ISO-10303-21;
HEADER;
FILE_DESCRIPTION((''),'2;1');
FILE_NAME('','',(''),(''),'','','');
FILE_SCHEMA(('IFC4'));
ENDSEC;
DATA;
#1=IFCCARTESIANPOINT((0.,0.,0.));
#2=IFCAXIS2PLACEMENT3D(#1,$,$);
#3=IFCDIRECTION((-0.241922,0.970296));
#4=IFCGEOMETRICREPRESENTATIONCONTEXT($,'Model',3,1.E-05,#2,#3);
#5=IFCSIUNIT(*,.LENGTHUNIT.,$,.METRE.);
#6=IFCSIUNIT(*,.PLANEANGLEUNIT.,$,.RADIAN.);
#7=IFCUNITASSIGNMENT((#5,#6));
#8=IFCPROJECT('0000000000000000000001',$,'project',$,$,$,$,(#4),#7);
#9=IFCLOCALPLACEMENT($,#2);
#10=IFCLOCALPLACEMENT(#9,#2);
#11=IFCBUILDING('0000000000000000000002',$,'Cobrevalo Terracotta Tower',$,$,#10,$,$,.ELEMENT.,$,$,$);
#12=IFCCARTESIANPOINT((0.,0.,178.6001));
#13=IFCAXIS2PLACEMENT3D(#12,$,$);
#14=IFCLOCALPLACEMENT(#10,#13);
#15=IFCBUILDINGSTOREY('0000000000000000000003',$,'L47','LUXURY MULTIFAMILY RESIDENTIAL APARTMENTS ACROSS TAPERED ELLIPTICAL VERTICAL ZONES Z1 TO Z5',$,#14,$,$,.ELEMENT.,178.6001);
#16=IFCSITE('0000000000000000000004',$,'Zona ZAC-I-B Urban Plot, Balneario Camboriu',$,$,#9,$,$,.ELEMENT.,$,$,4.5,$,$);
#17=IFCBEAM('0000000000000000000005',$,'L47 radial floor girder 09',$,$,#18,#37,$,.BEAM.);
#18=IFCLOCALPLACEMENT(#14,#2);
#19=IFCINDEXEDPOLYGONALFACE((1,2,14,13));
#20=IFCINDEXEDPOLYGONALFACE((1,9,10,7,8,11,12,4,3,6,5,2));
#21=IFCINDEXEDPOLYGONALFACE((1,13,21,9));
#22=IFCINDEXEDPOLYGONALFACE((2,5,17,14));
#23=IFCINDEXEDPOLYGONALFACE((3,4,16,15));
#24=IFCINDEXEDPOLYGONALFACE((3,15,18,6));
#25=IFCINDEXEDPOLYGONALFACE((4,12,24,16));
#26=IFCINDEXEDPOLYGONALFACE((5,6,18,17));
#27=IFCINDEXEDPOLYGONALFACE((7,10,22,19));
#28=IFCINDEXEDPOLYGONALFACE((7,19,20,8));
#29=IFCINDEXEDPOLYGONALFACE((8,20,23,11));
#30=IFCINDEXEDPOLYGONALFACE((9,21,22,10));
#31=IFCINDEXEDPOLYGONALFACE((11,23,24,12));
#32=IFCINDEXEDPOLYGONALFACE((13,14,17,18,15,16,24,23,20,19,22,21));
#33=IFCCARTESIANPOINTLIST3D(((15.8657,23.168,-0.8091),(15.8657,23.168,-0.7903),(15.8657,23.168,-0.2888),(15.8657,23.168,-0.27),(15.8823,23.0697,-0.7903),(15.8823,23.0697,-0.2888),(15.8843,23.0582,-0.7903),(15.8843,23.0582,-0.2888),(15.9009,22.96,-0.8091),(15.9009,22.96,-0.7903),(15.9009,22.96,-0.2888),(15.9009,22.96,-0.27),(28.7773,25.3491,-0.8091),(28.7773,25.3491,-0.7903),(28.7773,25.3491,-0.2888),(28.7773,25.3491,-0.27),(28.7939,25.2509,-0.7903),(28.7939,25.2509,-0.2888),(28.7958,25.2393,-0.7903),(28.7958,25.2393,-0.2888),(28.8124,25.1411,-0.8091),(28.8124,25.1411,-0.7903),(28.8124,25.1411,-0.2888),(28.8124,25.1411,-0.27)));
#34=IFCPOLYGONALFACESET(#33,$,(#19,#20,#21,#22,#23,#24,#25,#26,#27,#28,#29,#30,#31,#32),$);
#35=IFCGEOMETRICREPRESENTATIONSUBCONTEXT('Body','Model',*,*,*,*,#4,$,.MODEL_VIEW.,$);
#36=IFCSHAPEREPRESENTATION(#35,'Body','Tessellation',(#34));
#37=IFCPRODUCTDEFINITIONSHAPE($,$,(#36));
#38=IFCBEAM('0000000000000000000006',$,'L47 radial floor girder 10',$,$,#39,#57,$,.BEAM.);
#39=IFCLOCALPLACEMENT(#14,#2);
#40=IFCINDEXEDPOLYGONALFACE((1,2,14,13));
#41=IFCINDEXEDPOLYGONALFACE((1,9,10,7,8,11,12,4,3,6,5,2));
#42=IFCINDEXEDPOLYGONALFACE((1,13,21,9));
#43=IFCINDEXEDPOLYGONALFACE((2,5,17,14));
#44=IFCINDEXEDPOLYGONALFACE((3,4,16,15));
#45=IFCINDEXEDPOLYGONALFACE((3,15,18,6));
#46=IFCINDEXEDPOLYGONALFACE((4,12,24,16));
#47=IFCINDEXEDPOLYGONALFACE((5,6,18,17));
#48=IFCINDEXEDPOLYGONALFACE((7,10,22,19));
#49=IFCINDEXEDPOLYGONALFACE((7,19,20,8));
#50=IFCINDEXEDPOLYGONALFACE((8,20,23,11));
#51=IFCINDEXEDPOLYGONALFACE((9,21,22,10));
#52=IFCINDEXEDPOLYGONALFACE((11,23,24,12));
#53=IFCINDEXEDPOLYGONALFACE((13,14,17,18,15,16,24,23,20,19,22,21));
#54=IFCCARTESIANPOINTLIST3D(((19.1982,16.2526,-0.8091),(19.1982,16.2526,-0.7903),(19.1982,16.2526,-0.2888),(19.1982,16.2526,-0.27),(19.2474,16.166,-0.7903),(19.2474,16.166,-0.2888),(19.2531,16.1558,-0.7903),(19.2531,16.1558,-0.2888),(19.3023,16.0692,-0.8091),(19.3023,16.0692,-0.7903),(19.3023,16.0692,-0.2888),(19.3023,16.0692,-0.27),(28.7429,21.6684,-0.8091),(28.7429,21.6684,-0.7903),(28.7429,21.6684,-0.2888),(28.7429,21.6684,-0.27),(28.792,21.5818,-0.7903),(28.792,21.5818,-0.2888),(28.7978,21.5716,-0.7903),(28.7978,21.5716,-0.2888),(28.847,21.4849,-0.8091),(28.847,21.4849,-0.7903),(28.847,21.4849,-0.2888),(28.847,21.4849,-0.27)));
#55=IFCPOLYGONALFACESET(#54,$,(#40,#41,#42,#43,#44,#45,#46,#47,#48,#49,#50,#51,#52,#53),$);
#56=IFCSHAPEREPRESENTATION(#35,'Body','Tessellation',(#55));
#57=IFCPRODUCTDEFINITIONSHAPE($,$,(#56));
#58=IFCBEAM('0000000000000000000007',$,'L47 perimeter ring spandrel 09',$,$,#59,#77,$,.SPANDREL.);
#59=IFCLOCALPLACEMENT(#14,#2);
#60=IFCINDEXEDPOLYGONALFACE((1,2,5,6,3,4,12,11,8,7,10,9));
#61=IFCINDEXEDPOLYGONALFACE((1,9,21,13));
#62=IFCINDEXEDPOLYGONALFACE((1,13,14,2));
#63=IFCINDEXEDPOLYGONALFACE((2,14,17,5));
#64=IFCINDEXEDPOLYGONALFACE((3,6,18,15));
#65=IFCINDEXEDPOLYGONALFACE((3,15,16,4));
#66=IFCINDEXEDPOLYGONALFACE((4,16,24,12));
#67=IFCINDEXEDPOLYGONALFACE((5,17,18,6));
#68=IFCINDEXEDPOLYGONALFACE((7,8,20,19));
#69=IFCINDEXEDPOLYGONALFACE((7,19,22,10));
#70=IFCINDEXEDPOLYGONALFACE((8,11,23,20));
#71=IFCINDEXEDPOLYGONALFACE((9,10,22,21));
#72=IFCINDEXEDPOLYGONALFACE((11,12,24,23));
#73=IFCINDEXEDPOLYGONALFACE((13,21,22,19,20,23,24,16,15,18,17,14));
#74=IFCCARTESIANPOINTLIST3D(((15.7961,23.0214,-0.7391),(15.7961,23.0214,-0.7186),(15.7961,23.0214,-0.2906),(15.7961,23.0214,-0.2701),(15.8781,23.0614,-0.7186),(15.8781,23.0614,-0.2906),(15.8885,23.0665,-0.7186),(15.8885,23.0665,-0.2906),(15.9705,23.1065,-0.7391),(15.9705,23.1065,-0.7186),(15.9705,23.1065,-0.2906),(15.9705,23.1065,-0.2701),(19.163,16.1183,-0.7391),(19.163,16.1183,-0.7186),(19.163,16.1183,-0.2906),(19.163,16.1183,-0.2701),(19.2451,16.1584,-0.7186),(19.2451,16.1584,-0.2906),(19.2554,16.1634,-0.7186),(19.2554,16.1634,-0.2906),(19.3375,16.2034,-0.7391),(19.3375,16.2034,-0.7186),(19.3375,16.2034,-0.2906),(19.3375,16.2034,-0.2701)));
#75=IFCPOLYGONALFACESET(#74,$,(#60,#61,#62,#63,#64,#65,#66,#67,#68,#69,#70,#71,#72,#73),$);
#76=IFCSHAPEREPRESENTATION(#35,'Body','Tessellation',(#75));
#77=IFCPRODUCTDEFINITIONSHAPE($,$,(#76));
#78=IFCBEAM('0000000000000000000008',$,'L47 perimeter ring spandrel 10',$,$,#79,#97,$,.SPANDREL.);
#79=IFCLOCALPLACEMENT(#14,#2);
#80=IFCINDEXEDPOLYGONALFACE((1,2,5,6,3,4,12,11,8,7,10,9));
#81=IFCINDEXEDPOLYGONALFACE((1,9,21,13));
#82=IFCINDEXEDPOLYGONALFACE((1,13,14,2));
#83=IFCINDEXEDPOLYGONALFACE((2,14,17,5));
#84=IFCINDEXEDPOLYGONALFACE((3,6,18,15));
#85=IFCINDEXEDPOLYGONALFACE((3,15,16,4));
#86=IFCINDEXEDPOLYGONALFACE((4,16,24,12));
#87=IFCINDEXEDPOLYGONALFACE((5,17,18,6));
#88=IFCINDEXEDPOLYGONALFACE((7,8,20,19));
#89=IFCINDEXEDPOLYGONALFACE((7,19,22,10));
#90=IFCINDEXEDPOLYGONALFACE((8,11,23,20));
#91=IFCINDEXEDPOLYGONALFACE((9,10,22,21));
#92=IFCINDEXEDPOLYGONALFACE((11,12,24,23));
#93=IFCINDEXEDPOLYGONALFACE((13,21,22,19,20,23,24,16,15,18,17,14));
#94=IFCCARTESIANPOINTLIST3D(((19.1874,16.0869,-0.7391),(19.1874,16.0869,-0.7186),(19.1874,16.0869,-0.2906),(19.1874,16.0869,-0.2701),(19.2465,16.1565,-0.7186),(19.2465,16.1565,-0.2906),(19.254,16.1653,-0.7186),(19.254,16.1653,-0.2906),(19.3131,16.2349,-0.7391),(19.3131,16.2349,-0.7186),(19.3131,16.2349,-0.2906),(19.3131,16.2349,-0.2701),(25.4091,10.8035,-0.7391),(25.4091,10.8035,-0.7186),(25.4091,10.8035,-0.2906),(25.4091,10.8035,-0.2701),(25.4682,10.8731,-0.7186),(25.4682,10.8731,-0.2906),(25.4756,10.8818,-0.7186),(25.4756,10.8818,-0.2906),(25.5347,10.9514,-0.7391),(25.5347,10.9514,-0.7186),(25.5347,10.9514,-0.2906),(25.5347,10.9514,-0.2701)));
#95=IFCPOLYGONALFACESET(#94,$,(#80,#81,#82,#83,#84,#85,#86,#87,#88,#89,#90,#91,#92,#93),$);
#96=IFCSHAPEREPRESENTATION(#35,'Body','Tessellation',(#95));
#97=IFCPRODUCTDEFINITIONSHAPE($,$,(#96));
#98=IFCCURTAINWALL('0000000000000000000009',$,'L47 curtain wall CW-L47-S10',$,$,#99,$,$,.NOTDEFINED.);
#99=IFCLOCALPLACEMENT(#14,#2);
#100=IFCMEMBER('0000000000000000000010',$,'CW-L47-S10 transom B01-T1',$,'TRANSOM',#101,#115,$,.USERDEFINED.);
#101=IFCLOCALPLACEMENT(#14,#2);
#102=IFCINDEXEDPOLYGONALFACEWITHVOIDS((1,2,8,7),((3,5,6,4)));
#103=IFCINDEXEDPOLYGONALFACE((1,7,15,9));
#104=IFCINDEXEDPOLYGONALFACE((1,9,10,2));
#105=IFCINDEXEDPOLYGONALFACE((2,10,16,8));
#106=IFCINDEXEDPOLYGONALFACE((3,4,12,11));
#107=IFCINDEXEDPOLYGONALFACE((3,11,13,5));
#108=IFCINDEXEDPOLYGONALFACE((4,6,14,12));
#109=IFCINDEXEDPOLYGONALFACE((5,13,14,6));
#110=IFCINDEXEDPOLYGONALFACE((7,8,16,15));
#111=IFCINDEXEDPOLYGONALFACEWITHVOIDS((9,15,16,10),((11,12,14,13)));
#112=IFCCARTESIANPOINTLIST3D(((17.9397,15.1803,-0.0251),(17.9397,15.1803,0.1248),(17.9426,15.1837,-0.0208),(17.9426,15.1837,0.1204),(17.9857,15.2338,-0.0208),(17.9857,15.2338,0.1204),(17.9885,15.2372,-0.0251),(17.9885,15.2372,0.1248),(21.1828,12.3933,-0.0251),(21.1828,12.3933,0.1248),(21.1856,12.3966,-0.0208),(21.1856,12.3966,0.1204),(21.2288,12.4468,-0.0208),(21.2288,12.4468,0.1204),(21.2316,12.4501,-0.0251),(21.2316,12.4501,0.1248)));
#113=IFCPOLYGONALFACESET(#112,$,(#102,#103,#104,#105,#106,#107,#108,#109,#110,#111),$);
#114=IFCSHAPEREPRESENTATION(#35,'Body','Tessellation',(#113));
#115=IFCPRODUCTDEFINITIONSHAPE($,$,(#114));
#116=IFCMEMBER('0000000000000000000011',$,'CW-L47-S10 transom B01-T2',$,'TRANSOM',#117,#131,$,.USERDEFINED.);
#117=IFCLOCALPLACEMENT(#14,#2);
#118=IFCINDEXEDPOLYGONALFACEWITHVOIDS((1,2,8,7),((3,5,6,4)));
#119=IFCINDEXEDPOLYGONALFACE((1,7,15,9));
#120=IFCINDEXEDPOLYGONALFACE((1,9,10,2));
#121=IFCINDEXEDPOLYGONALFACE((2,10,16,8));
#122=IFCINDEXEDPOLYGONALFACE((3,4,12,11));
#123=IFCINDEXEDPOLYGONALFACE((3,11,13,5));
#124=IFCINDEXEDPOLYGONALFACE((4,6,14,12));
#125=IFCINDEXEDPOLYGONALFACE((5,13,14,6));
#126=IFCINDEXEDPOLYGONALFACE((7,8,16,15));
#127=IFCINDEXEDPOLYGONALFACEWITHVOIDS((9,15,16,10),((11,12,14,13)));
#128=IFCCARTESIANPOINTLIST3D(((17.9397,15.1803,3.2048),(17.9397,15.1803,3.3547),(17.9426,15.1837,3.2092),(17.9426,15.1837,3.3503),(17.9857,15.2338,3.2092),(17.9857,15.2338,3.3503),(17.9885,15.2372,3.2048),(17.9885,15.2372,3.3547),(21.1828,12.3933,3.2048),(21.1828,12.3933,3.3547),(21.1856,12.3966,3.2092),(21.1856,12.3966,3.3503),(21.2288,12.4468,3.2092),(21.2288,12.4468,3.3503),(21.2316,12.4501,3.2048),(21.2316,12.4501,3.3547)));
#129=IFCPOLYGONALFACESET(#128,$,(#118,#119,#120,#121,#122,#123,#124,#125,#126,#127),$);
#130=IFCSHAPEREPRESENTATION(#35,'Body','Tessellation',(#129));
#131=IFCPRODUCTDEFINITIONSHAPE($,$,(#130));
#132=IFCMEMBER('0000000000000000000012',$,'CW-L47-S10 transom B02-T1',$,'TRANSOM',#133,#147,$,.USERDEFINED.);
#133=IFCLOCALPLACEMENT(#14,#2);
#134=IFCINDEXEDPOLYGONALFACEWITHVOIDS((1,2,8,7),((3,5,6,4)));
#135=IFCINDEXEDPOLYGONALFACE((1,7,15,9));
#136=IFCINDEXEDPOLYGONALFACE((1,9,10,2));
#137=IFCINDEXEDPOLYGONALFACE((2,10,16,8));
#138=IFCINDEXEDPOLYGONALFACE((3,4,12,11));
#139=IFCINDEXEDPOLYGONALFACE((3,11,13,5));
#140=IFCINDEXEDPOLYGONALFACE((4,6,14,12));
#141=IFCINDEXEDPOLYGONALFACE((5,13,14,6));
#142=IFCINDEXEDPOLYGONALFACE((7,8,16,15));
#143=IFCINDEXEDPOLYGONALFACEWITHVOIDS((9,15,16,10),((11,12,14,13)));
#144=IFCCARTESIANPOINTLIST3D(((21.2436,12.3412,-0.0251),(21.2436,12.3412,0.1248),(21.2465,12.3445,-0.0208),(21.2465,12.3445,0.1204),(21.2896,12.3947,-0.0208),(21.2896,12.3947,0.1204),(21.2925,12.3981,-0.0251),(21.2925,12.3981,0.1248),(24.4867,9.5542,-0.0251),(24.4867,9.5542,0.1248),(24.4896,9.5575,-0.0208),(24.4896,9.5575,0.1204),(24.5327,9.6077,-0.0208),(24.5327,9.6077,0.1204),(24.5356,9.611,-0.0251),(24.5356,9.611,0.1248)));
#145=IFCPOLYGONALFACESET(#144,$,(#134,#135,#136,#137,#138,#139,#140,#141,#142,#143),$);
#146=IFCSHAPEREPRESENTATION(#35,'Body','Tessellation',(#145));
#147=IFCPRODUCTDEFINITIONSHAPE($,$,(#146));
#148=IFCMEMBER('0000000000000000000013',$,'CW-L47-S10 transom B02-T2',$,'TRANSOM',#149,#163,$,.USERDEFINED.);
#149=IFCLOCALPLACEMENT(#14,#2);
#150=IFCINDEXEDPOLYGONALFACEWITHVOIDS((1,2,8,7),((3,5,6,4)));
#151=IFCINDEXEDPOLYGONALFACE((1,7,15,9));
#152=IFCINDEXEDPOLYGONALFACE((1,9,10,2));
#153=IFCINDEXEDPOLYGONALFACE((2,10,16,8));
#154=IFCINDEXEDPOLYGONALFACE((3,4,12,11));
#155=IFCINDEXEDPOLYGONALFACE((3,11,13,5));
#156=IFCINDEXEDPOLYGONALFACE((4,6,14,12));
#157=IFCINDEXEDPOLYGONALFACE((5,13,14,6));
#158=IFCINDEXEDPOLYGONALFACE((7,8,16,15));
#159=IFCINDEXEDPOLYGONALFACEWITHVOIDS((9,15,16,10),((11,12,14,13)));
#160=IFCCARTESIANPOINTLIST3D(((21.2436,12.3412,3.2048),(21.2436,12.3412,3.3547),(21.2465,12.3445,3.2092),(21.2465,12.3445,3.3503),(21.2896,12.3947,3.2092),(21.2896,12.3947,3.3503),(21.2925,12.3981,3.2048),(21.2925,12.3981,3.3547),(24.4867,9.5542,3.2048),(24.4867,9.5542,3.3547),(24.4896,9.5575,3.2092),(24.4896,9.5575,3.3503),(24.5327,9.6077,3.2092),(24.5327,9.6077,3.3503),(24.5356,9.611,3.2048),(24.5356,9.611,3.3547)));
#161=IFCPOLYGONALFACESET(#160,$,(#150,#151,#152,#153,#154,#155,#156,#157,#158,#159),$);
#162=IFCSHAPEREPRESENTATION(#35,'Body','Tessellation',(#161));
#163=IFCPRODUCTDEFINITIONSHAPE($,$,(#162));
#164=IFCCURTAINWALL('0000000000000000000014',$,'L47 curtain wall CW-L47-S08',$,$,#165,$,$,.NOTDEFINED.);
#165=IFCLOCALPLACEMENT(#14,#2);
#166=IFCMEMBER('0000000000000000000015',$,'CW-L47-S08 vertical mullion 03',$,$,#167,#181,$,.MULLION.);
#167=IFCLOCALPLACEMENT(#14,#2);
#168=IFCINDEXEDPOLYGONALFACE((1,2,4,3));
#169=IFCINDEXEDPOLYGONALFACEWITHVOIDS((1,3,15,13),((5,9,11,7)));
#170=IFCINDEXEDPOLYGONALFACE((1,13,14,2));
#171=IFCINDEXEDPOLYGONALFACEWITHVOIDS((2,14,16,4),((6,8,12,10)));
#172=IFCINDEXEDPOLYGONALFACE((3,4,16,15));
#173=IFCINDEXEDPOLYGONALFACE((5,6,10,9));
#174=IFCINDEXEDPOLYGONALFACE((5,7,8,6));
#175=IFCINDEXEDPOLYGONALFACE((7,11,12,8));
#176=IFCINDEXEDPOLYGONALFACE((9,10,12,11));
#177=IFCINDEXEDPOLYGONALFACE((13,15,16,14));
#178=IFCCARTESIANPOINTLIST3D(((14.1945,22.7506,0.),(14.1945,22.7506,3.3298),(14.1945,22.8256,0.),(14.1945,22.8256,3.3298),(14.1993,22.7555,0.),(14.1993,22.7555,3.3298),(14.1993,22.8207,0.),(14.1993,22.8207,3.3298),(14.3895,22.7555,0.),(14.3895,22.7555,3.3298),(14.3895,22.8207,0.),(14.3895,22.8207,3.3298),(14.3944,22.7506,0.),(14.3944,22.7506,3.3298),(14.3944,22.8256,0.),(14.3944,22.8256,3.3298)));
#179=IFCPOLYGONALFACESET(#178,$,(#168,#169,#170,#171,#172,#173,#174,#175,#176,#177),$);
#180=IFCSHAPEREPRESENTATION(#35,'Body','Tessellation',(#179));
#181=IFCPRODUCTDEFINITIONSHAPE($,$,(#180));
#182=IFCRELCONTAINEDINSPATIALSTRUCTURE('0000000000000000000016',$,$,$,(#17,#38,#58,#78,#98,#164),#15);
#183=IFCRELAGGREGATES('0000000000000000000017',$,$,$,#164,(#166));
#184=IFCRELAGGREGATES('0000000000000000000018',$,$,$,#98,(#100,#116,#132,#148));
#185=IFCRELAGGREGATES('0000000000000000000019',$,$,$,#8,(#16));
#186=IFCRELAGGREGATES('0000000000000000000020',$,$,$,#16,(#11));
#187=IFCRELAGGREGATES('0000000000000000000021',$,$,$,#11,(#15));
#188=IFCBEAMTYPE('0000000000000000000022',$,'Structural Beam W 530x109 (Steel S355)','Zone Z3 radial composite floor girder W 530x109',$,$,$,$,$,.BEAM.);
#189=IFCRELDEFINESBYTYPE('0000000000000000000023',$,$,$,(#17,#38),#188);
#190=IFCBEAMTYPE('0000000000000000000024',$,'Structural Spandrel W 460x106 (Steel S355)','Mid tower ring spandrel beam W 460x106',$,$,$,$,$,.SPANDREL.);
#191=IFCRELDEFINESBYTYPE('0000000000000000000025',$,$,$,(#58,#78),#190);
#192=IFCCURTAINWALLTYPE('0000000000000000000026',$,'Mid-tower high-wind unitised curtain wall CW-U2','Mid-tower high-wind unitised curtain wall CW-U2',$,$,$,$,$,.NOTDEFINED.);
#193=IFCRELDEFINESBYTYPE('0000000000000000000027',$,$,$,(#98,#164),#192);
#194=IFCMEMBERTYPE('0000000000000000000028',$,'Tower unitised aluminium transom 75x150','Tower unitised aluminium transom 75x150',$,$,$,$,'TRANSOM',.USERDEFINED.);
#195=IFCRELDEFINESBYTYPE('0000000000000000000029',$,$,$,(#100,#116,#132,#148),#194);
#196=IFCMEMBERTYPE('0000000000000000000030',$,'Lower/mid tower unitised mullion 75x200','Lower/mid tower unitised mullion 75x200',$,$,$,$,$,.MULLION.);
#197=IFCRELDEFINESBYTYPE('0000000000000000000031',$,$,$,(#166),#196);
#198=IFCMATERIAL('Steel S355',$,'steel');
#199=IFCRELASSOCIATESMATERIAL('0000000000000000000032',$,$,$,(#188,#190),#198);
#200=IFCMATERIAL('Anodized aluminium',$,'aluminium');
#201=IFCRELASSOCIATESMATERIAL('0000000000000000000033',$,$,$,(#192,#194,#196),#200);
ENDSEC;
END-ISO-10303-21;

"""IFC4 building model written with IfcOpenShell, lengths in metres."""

from ifc_helpers import new_model, si_unit, direction, frame, origin, origin_2d, place, context, subcontext, project, spatial, hollow_rectangle, i_section, extrude, source, transform, mapped, material, material_profile, profile_set, type_object, element, aggregate, save


model = new_model("IFC4")

# Units and contexts
model_context = context("Model", 3, precision=1e-05, world=origin(), true_north=direction((-0.241922, 0.970296)))
body_context = subcontext(model_context, "Body", "Model", "MODEL_VIEW")
ifc_project = project(units=[si_unit("LENGTHUNIT", "METRE"), si_unit("PLANEANGLEUNIT", "RADIAN")], contexts=[model_context])

# Site, building, storey
site_placement = place(None, origin())
site = spatial("IfcSite", under=ifc_project, at=site_placement, Name="Zona ZAC-I-B Urban Plot, Balneario Camboriu", CompositionType="ELEMENT", RefElevation=4.5)
building_placement = place(site_placement, origin())
building = spatial("IfcBuilding", under=site, at=building_placement, Name="Cobrevalo Terracotta Tower", CompositionType="ELEMENT")
storey_placement = place(building_placement, frame((0.0, 0.0, 178.6001)))
storey = spatial("IfcBuildingStorey", under=building, at=storey_placement, Name="L47", Description="LUXURY MULTIFAMILY RESIDENTIAL APARTMENTS ACROSS TAPERED ELLIPTICAL VERTICAL ZONES Z1 TO Z5", CompositionType="ELEMENT", Elevation=178.6001)

# Shared definitions
ifc_material_1 = material(Name="Steel S355", Category="steel")

# Beams
ifc_material_profile_1 = material_profile(ifc_material_1, i_section(OverallWidth=0.2109, OverallDepth=0.5391, WebThickness=0.0117, FlangeThickness=0.0188, at=origin_2d()), Name="W 530x109")
ifc_profile_set_1 = profile_set([ifc_material_profile_1], Name="Steel S355")
beam_type_1 = type_object("IfcBeamType", Name="Structural Beam W 530x109 (Steel S355)", Description="Zone Z3 radial composite floor girder W 530x109", PredefinedType="BEAM", material=ifc_profile_set_1)
beam_1_placement = place(storey_placement, frame((15.8833, 23.064, -0.5396), z_axis=(0.98603, 0.166569, 0.0), x_axis=(-0.166569, 0.98603, 0.0)))
element("IfcBeam", 1, at=beam_1_placement, inside=storey, type_object=beam_type_1, Name="L47 radial floor girder 09", PredefinedType="BEAM", context=body_context, shape_type="SweptSolid", body=[
    extrude(i_section(OverallWidth=0.2109, OverallDepth=0.5391, WebThickness=0.0117, FlangeThickness=0.0188, at=origin_2d()), origin(), (0.0, 0.0, 1.0), 13.0945),
])
beam_2_placement = place(storey_placement, frame((19.2502, 16.1609, -0.5396), z_axis=(0.869744, 0.493504, 0.0), x_axis=(-0.493504, 0.869744, 0.0)))
element("IfcBeam", 2, at=beam_2_placement, inside=storey, type_object=beam_type_1, Name="L47 radial floor girder 10", PredefinedType="BEAM", context=body_context, shape_type="SweptSolid", body=[
    extrude(i_section(OverallWidth=0.2109, OverallDepth=0.5391, WebThickness=0.0117, FlangeThickness=0.0188, at=origin_2d()), origin(), (0.0, 0.0, 1.0), 10.9741),
])
ifc_material_profile_2 = material_profile(ifc_material_1, i_section(OverallWidth=0.1941, OverallDepth=0.469, WebThickness=0.0115, FlangeThickness=0.0205, at=origin_2d()), Name="W 460x106")
ifc_profile_set_2 = profile_set([ifc_material_profile_2], Name="Steel S355")
beam_type_2 = type_object("IfcBeamType", Name="Structural Spandrel W 460x106 (Steel S355)", Description="Mid tower ring spandrel beam W 460x106", PredefinedType="SPANDREL", material=ifc_profile_set_2)
beam_3_placement = place(storey_placement, frame((15.8833, 23.064, -0.5046), z_axis=(0.43838, -0.89879, 0.0), x_axis=(0.89879, 0.43838, 0.0)))
element("IfcBeam", 3, at=beam_3_placement, inside=storey, type_object=beam_type_2, Name="L47 perimeter ring spandrel 09", PredefinedType="SPANDREL", context=body_context, shape_type="SweptSolid", body=[
    extrude(i_section(OverallWidth=0.1941, OverallDepth=0.469, WebThickness=0.0115, FlangeThickness=0.0205, at=origin_2d()), origin(), (0.0, 0.0, 1.0), 7.6804),
])
beam_4_placement = place(storey_placement, frame((19.2502, 16.1609, -0.5046), z_axis=(0.76224, -0.647294, 0.0), x_axis=(0.647294, 0.76224, 0.0)))
element("IfcBeam", 4, at=beam_4_placement, inside=storey, type_object=beam_type_2, Name="L47 perimeter ring spandrel 10", PredefinedType="SPANDREL", context=body_context, shape_type="SweptSolid", body=[
    extrude(i_section(OverallWidth=0.1941, OverallDepth=0.469, WebThickness=0.0115, FlangeThickness=0.0205, at=origin_2d()), origin(), (0.0, 0.0, 1.0), 8.1624),
])

# Curtain wall, members
ifc_material_2 = material(Name="Anodized aluminium", Category="aluminium")
curtain_wall_type = type_object("IfcCurtainWallType", Name="Mid-tower high-wind unitised curtain wall CW-U2", Description="Mid-tower high-wind unitised curtain wall CW-U2", PredefinedType="NOTDEFINED", material=ifc_material_2)
curtain_wall_1_placement = place(storey_placement, origin())
curtain_wall_1 = element("IfcCurtainWall", 5, at=curtain_wall_1_placement, inside=storey, type_object=curtain_wall_type, Name="L47 curtain wall CW-L47-S10", PredefinedType="NOTDEFINED")
ifc_material_profile_3 = material_profile(ifc_material_2, hollow_rectangle(XDim=0.075, YDim=0.1499, WallThickness=0.0044, at=origin_2d()), Name="CWT 75x150")
ifc_profile_set_3 = profile_set([ifc_material_profile_3], Name="Anodized aluminium")
member_type_1 = type_object("IfcMemberType", Name="Tower unitised aluminium transom 75x150", Description="Tower unitised aluminium transom 75x150", ElementType="TRANSOM", PredefinedType="USERDEFINED", material=ifc_profile_set_3)
shared_shape_1 = source(origin(), body_context, "Body", "SweptSolid", [
    extrude(hollow_rectangle(XDim=0.075, YDim=0.1499, WallThickness=0.0044, at=origin_2d()), origin(), (0.0, 0.0, 1.0), 4.2761),
])
member_1_placement = place(storey_placement, frame((17.9641, 15.2087, 0.0498), z_axis=(0.758418, -0.651769, 0.0), x_axis=(0.651769, 0.758418, 0.0)))
member_1 = element("IfcMember", 6, at=member_1_placement, type_object=member_type_1, Name="CW-L47-S10 transom B01-T1", ObjectType="TRANSOM", PredefinedType="USERDEFINED", context=body_context, shape_type="MappedRepresentation", body=[
    mapped(shared_shape_1, transform((0.0, 0.0, 0.0), scale=1.0)),
])
member_2_placement = place(storey_placement, frame((17.9641, 15.2087, 3.2798), z_axis=(0.758418, -0.651769, 0.0), x_axis=(0.651769, 0.758418, 0.0)))
member_2 = element("IfcMember", 7, at=member_2_placement, type_object=member_type_1, Name="CW-L47-S10 transom B01-T2", ObjectType="TRANSOM", PredefinedType="USERDEFINED", context=body_context, shape_type="MappedRepresentation", body=[
    mapped(shared_shape_1, transform((0.0, 0.0, 0.0), scale=1.0)),
])
member_3_placement = place(storey_placement, frame((21.2681, 12.3696, 0.0498), z_axis=(0.758418, -0.651769, 0.0), x_axis=(0.651769, 0.758418, 0.0)))
member_3 = element("IfcMember", 8, at=member_3_placement, type_object=member_type_1, Name="CW-L47-S10 transom B02-T1", ObjectType="TRANSOM", PredefinedType="USERDEFINED", context=body_context, shape_type="MappedRepresentation", body=[
    mapped(shared_shape_1, transform((0.0, 0.0, 0.0), scale=1.0)),
])
member_4_placement = place(storey_placement, frame((21.2681, 12.3696, 3.2798), z_axis=(0.758418, -0.651769, 0.0), x_axis=(0.651769, 0.758418, 0.0)))
member_4 = element("IfcMember", 9, at=member_4_placement, type_object=member_type_1, Name="CW-L47-S10 transom B02-T2", ObjectType="TRANSOM", PredefinedType="USERDEFINED", context=body_context, shape_type="MappedRepresentation", body=[
    mapped(shared_shape_1, transform((0.0, 0.0, 0.0), scale=1.0)),
])

# Curtain wall, member
curtain_wall_2_placement = place(storey_placement, origin())
curtain_wall_2 = element("IfcCurtainWall", 10, at=curtain_wall_2_placement, inside=storey, type_object=curtain_wall_type, Name="L47 curtain wall CW-L47-S08", PredefinedType="NOTDEFINED")
ifc_material_profile_4 = material_profile(ifc_material_2, hollow_rectangle(XDim=0.075, YDim=0.2, WallThickness=0.0049, at=origin_2d()), Name="CWM 75x200")
ifc_profile_set_4 = profile_set([ifc_material_profile_4], Name="Anodized aluminium")
member_type_2 = type_object("IfcMemberType", Name="Lower/mid tower unitised mullion 75x200", Description="Lower/mid tower unitised mullion 75x200", PredefinedType="MULLION", material=ifc_profile_set_4)
shared_shape_2 = source(origin(), body_context, "Body", "SweptSolid", [
    extrude(hollow_rectangle(XDim=0.075, YDim=0.2, WallThickness=0.0049, at=origin_2d()), origin(), (0.0, 0.0, 1.0), 3.3298),
])
member_5_placement = place(storey_placement, frame((14.2944, 22.7881, 0.0), z_axis=(0.0, 0.0, 1.0), x_axis=(0.0, -1.0, 0.0)))
member_5 = element("IfcMember", 11, at=member_5_placement, type_object=member_type_2, Name="CW-L47-S08 vertical mullion 03", PredefinedType="MULLION", context=body_context, shape_type="MappedRepresentation", body=[
    mapped(shared_shape_2, transform((0.0, 0.0, 0.0), scale=1.0)),
])
aggregate(curtain_wall_2, [member_5])

aggregate(curtain_wall_1, [member_1, member_2, member_3, member_4])

save(model, "model.ifc")
